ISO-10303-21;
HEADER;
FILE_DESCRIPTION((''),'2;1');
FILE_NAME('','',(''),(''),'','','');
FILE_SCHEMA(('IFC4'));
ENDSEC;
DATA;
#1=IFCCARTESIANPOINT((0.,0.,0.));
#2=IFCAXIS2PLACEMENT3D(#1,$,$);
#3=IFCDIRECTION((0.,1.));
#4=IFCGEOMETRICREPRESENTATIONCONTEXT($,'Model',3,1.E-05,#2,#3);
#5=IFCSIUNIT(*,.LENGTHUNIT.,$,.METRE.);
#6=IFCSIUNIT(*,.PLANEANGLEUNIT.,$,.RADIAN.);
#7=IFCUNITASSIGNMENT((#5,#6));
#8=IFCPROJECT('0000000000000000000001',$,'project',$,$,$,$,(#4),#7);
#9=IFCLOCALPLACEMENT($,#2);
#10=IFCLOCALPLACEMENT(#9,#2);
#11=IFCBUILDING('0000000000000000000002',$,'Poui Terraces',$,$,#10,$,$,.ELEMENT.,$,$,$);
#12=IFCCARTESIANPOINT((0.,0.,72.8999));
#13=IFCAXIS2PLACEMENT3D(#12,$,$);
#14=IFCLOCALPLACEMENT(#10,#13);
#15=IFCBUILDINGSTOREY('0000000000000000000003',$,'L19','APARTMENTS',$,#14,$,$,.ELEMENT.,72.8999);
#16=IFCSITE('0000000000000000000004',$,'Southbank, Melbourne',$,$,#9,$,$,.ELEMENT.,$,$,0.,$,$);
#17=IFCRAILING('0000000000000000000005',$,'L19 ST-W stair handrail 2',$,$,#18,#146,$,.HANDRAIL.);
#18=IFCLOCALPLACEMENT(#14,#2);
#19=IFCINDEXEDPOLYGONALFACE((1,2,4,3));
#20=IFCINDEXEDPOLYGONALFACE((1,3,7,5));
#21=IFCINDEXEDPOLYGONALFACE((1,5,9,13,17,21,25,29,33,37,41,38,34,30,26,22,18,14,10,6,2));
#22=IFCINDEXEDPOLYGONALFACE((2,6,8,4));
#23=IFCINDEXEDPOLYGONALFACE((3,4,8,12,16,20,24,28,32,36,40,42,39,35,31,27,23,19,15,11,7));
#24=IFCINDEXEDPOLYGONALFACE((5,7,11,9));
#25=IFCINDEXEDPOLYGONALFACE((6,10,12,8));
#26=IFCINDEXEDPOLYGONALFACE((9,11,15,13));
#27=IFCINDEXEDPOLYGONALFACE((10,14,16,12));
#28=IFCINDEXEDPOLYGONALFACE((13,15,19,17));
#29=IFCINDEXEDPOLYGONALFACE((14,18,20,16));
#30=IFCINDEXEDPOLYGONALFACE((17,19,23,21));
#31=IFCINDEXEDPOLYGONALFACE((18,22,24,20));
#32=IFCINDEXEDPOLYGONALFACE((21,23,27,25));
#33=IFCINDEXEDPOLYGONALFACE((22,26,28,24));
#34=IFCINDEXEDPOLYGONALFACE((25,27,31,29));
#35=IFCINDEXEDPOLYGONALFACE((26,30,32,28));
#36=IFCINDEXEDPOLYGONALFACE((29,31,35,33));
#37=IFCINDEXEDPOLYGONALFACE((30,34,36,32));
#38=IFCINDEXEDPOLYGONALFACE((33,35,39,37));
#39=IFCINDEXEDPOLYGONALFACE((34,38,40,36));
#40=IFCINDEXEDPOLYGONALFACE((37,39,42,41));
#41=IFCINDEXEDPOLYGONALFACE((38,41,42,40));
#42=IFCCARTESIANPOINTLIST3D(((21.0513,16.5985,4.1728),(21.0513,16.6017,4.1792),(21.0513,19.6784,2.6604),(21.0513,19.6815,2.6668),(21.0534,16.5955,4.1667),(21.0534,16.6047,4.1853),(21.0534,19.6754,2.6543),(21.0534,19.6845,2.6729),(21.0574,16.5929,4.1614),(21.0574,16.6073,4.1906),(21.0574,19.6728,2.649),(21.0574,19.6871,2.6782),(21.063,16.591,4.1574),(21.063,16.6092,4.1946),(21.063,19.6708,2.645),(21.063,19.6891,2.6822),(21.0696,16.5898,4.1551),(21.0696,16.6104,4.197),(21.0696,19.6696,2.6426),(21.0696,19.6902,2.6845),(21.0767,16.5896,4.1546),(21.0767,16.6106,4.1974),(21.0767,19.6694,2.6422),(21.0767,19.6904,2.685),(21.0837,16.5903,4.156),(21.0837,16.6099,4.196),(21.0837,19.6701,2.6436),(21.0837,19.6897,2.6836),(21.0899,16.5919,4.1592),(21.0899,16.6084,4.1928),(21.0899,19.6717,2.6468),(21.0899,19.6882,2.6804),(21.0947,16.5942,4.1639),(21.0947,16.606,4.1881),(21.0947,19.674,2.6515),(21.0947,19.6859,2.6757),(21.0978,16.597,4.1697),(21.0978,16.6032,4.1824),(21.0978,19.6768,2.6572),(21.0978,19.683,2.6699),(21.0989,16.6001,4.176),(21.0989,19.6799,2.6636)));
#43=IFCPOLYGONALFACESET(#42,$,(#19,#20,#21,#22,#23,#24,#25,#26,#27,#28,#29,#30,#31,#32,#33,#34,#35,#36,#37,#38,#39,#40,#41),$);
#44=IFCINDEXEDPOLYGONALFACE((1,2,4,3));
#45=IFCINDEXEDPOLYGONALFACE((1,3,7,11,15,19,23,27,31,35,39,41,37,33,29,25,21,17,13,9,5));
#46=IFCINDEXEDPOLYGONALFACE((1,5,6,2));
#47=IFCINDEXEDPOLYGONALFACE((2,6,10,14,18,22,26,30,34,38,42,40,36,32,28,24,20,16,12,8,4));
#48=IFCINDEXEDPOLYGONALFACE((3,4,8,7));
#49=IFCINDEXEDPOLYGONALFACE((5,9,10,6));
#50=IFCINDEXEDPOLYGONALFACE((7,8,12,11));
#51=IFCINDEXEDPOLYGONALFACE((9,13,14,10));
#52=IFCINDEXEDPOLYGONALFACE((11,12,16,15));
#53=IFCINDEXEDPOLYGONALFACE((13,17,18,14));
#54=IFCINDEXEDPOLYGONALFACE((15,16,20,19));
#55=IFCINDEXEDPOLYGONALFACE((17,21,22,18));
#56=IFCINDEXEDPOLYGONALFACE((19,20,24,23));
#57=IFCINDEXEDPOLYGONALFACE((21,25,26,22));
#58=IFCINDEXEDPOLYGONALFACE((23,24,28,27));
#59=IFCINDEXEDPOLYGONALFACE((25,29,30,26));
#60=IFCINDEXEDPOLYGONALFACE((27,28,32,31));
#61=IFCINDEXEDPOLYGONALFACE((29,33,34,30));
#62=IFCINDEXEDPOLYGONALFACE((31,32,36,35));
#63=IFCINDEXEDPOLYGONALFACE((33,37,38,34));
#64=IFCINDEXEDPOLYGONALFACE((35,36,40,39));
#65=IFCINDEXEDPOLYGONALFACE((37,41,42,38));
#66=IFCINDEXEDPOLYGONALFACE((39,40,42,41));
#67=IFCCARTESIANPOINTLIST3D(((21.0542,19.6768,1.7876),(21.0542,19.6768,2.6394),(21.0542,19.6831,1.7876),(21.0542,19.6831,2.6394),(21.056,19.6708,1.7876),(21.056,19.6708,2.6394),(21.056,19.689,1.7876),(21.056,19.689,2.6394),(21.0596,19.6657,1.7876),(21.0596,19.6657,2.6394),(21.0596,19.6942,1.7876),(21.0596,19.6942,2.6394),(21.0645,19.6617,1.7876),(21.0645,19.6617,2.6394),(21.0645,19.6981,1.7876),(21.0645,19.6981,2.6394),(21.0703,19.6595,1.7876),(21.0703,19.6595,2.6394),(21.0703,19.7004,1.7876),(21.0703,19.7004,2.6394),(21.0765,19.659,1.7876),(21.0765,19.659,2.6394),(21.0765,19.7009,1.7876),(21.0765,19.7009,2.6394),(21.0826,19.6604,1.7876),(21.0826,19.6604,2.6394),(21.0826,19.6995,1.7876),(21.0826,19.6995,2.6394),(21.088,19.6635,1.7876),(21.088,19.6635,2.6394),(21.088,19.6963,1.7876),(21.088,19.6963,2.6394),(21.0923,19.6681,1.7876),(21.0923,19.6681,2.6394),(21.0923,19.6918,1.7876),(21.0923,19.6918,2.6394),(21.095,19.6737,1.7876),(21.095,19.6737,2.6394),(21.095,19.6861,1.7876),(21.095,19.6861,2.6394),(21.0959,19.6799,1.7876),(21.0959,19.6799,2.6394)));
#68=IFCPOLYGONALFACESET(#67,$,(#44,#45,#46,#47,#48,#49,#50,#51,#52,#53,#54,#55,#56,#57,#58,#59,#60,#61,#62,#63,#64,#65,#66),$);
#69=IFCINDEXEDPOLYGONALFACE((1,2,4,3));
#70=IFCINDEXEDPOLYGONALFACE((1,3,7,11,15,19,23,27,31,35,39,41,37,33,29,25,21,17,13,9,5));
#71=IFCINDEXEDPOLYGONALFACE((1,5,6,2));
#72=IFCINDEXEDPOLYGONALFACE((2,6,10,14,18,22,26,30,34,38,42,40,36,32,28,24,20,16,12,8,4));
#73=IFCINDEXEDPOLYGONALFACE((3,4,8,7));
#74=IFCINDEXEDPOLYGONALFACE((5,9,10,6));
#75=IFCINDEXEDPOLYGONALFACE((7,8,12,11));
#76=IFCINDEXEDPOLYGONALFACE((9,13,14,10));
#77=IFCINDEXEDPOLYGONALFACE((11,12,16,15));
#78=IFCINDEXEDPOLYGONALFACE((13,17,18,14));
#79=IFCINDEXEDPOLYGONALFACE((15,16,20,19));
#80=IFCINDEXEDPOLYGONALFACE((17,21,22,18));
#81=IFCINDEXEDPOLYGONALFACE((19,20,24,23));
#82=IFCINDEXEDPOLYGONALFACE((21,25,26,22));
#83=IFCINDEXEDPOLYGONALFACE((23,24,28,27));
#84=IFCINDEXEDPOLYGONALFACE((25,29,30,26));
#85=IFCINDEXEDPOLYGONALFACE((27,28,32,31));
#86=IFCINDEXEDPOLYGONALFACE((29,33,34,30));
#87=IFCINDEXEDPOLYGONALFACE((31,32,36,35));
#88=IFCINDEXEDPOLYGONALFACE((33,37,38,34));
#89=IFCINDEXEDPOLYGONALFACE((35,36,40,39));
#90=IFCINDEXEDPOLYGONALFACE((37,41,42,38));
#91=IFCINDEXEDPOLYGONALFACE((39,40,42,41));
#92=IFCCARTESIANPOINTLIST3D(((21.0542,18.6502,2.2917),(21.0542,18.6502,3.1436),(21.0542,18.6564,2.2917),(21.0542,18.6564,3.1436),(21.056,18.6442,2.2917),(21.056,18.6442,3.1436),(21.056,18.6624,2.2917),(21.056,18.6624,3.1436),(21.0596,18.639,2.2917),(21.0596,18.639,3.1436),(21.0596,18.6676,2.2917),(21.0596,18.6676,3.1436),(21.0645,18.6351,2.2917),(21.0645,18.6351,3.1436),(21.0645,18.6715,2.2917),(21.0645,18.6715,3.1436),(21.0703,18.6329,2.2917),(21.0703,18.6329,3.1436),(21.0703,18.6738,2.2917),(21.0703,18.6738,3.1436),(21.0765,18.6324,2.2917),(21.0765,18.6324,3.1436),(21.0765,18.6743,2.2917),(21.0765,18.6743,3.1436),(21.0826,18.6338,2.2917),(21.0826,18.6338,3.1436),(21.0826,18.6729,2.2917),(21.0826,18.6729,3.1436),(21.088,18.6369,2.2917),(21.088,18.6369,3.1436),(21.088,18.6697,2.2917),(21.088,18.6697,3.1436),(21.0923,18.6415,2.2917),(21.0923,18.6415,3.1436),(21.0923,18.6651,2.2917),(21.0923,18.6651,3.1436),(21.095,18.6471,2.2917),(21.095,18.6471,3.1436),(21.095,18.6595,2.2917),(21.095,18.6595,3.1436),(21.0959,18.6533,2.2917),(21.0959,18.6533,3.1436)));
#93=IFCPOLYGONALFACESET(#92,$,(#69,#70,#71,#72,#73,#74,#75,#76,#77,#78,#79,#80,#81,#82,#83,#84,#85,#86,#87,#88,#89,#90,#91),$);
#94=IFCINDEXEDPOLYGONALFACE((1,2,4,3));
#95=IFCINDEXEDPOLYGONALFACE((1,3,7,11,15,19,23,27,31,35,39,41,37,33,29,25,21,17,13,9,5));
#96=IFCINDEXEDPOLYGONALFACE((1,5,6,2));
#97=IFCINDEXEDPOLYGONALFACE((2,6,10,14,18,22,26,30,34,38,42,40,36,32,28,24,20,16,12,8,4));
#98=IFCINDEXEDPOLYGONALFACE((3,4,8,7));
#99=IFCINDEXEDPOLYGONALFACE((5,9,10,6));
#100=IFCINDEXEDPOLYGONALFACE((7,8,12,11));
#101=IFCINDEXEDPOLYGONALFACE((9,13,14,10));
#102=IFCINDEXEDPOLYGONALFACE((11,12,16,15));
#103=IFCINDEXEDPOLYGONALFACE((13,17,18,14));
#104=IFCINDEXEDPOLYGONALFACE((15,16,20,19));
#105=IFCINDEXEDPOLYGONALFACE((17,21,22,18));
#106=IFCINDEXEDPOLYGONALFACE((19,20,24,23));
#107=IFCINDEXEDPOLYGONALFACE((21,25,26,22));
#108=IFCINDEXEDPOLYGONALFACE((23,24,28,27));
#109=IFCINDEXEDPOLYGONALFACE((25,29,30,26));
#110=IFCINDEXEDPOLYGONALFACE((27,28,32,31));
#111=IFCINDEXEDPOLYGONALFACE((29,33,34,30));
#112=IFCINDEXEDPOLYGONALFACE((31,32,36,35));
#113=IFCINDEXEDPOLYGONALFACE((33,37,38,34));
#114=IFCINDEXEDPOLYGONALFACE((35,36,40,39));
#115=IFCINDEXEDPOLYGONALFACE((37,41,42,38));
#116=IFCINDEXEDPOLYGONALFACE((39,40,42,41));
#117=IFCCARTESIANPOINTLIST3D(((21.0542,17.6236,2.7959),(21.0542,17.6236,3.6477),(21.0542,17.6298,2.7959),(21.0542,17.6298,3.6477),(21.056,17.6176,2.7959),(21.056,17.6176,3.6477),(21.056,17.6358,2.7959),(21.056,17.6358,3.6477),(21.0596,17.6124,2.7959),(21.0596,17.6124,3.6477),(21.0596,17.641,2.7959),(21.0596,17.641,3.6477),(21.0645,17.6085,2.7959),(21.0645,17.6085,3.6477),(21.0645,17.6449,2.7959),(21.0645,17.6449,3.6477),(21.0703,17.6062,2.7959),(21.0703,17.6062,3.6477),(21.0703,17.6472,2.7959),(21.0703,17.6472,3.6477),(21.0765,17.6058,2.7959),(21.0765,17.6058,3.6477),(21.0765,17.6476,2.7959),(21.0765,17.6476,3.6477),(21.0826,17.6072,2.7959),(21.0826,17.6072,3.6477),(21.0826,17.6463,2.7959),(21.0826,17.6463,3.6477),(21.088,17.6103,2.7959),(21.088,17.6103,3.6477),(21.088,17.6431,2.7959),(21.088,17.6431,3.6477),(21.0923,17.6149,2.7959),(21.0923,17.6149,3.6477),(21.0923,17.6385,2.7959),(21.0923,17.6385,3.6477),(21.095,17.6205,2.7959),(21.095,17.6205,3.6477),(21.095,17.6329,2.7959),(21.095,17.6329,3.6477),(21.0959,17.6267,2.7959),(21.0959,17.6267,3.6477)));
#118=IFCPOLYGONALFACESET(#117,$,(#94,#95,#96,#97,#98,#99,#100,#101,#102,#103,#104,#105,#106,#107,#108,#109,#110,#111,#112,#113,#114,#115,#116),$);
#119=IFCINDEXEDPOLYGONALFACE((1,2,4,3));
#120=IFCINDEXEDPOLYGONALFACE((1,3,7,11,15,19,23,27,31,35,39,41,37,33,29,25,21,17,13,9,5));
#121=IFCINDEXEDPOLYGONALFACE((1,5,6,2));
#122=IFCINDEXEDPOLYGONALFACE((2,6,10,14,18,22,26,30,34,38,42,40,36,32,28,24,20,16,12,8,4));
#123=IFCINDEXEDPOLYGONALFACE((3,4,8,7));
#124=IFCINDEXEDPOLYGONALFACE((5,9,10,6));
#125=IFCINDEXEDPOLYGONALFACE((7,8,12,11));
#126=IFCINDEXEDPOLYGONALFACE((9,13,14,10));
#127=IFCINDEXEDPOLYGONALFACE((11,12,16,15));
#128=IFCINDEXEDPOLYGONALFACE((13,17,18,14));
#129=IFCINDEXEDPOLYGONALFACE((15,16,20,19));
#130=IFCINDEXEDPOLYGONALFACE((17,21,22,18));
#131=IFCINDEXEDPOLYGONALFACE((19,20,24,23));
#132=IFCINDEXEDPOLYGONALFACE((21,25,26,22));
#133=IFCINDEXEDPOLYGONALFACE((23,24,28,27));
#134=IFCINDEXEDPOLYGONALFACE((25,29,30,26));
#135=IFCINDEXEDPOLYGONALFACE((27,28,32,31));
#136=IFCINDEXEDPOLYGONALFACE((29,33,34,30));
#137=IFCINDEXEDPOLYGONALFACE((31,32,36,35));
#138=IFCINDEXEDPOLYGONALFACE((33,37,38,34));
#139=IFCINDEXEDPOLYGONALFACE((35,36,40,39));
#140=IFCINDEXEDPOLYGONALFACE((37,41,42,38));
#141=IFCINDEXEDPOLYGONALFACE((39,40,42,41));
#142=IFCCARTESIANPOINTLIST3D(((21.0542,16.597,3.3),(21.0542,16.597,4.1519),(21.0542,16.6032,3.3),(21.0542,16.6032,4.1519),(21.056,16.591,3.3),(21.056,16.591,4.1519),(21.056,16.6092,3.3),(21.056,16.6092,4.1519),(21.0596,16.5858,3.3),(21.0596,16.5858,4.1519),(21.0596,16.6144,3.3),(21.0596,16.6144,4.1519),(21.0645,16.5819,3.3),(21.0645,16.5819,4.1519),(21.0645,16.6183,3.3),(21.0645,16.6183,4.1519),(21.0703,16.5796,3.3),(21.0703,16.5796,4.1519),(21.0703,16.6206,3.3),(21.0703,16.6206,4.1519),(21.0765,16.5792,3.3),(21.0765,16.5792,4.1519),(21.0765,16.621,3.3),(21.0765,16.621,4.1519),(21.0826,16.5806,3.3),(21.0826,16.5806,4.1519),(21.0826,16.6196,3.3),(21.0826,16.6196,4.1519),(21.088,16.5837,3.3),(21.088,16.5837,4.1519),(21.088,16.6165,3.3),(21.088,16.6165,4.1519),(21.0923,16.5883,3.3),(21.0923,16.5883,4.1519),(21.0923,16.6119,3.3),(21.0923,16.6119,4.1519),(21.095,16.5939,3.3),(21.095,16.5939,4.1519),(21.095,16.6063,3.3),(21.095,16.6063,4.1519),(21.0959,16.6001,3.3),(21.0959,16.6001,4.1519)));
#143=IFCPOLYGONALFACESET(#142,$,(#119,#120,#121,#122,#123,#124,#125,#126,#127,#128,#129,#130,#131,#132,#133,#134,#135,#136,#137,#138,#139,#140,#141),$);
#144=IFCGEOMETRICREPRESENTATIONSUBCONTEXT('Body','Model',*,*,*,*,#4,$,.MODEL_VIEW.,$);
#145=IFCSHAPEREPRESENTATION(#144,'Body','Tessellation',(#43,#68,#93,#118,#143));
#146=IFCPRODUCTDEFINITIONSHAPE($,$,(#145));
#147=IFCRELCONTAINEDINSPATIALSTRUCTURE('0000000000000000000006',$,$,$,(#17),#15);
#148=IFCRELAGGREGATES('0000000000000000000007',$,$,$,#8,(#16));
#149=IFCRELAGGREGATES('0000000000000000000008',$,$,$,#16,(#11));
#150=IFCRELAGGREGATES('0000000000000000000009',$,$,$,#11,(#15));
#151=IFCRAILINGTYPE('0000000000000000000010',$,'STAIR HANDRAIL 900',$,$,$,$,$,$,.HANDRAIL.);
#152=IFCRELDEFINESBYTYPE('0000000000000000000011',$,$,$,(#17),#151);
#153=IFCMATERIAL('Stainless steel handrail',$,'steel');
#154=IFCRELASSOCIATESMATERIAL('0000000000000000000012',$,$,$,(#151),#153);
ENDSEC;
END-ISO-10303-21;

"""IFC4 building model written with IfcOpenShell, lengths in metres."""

from ifc_helpers import new_model, si_unit, direction, frame, origin, origin_2d, place, context, subcontext, project, spatial, circle, extrude, material, type_object, element, save


model = new_model("IFC4")

# Units and contexts
model_context = context("Model", 3, precision=1e-05, world=origin(), true_north=direction((0.0, 1.0)))
body_context = subcontext(model_context, "Body", "Model", "MODEL_VIEW")
ifc_project = project(units=[si_unit("LENGTHUNIT", "METRE"), si_unit("PLANEANGLEUNIT", "RADIAN")], contexts=[model_context])

# Site, building, storey
site_placement = place(None, origin())
site = spatial("IfcSite", under=ifc_project, at=site_placement, Name="Southbank, Melbourne", CompositionType="ELEMENT", RefElevation=0.0)
building_placement = place(site_placement, origin())
building = spatial("IfcBuilding", under=site, at=building_placement, Name="Poui Terraces", CompositionType="ELEMENT")
storey_placement = place(building_placement, frame((0.0, 0.0, 72.8999)))
storey = spatial("IfcBuildingStorey", under=building, at=storey_placement, Name="L19", Description="APARTMENTS", CompositionType="ELEMENT", Elevation=72.8999)

# Railing
ifc_material_1 = material(Name="Stainless steel handrail", Category="steel")
railing_type_1 = type_object("IfcRailingType", Name="STAIR HANDRAIL 900", PredefinedType="HANDRAIL", material=ifc_material_1)
railing_1_placement = place(storey_placement, frame((21.075, 19.6799, 1.7876)))
element("IfcRailing", 1, at=railing_1_placement, inside=storey, type_object=railing_type_1, Name="L19 ST-W stair handrail 2", PredefinedType="HANDRAIL", context=body_context, shape_type="SweptSolid", body=[
    extrude(circle(Radius=0.0239, at=origin_2d()), frame((0.0, 0.0, 0.876), z_axis=(0.0, -0.897606, 0.440798), x_axis=(1.0, 0.0, 0.0)), (0.0, 0.0, 1.0), 3.4312),
    extrude(circle(Radius=0.021, at=origin_2d()), origin(), (0.0, 0.0, 1.0), 0.8518),
    extrude(circle(Radius=0.021, at=origin_2d()), frame((0.0, -1.0266, 0.5042)), (0.0, 0.0, 1.0), 0.8518),
    extrude(circle(Radius=0.021, at=origin_2d()), frame((0.0, -2.0532, 1.0083)), (0.0, 0.0, 1.0), 0.8518),
    extrude(circle(Radius=0.021, at=origin_2d()), frame((0.0, -3.0798, 1.5125)), (0.0, 0.0, 1.0), 0.8518),
])

save(model, "model.ifc")
